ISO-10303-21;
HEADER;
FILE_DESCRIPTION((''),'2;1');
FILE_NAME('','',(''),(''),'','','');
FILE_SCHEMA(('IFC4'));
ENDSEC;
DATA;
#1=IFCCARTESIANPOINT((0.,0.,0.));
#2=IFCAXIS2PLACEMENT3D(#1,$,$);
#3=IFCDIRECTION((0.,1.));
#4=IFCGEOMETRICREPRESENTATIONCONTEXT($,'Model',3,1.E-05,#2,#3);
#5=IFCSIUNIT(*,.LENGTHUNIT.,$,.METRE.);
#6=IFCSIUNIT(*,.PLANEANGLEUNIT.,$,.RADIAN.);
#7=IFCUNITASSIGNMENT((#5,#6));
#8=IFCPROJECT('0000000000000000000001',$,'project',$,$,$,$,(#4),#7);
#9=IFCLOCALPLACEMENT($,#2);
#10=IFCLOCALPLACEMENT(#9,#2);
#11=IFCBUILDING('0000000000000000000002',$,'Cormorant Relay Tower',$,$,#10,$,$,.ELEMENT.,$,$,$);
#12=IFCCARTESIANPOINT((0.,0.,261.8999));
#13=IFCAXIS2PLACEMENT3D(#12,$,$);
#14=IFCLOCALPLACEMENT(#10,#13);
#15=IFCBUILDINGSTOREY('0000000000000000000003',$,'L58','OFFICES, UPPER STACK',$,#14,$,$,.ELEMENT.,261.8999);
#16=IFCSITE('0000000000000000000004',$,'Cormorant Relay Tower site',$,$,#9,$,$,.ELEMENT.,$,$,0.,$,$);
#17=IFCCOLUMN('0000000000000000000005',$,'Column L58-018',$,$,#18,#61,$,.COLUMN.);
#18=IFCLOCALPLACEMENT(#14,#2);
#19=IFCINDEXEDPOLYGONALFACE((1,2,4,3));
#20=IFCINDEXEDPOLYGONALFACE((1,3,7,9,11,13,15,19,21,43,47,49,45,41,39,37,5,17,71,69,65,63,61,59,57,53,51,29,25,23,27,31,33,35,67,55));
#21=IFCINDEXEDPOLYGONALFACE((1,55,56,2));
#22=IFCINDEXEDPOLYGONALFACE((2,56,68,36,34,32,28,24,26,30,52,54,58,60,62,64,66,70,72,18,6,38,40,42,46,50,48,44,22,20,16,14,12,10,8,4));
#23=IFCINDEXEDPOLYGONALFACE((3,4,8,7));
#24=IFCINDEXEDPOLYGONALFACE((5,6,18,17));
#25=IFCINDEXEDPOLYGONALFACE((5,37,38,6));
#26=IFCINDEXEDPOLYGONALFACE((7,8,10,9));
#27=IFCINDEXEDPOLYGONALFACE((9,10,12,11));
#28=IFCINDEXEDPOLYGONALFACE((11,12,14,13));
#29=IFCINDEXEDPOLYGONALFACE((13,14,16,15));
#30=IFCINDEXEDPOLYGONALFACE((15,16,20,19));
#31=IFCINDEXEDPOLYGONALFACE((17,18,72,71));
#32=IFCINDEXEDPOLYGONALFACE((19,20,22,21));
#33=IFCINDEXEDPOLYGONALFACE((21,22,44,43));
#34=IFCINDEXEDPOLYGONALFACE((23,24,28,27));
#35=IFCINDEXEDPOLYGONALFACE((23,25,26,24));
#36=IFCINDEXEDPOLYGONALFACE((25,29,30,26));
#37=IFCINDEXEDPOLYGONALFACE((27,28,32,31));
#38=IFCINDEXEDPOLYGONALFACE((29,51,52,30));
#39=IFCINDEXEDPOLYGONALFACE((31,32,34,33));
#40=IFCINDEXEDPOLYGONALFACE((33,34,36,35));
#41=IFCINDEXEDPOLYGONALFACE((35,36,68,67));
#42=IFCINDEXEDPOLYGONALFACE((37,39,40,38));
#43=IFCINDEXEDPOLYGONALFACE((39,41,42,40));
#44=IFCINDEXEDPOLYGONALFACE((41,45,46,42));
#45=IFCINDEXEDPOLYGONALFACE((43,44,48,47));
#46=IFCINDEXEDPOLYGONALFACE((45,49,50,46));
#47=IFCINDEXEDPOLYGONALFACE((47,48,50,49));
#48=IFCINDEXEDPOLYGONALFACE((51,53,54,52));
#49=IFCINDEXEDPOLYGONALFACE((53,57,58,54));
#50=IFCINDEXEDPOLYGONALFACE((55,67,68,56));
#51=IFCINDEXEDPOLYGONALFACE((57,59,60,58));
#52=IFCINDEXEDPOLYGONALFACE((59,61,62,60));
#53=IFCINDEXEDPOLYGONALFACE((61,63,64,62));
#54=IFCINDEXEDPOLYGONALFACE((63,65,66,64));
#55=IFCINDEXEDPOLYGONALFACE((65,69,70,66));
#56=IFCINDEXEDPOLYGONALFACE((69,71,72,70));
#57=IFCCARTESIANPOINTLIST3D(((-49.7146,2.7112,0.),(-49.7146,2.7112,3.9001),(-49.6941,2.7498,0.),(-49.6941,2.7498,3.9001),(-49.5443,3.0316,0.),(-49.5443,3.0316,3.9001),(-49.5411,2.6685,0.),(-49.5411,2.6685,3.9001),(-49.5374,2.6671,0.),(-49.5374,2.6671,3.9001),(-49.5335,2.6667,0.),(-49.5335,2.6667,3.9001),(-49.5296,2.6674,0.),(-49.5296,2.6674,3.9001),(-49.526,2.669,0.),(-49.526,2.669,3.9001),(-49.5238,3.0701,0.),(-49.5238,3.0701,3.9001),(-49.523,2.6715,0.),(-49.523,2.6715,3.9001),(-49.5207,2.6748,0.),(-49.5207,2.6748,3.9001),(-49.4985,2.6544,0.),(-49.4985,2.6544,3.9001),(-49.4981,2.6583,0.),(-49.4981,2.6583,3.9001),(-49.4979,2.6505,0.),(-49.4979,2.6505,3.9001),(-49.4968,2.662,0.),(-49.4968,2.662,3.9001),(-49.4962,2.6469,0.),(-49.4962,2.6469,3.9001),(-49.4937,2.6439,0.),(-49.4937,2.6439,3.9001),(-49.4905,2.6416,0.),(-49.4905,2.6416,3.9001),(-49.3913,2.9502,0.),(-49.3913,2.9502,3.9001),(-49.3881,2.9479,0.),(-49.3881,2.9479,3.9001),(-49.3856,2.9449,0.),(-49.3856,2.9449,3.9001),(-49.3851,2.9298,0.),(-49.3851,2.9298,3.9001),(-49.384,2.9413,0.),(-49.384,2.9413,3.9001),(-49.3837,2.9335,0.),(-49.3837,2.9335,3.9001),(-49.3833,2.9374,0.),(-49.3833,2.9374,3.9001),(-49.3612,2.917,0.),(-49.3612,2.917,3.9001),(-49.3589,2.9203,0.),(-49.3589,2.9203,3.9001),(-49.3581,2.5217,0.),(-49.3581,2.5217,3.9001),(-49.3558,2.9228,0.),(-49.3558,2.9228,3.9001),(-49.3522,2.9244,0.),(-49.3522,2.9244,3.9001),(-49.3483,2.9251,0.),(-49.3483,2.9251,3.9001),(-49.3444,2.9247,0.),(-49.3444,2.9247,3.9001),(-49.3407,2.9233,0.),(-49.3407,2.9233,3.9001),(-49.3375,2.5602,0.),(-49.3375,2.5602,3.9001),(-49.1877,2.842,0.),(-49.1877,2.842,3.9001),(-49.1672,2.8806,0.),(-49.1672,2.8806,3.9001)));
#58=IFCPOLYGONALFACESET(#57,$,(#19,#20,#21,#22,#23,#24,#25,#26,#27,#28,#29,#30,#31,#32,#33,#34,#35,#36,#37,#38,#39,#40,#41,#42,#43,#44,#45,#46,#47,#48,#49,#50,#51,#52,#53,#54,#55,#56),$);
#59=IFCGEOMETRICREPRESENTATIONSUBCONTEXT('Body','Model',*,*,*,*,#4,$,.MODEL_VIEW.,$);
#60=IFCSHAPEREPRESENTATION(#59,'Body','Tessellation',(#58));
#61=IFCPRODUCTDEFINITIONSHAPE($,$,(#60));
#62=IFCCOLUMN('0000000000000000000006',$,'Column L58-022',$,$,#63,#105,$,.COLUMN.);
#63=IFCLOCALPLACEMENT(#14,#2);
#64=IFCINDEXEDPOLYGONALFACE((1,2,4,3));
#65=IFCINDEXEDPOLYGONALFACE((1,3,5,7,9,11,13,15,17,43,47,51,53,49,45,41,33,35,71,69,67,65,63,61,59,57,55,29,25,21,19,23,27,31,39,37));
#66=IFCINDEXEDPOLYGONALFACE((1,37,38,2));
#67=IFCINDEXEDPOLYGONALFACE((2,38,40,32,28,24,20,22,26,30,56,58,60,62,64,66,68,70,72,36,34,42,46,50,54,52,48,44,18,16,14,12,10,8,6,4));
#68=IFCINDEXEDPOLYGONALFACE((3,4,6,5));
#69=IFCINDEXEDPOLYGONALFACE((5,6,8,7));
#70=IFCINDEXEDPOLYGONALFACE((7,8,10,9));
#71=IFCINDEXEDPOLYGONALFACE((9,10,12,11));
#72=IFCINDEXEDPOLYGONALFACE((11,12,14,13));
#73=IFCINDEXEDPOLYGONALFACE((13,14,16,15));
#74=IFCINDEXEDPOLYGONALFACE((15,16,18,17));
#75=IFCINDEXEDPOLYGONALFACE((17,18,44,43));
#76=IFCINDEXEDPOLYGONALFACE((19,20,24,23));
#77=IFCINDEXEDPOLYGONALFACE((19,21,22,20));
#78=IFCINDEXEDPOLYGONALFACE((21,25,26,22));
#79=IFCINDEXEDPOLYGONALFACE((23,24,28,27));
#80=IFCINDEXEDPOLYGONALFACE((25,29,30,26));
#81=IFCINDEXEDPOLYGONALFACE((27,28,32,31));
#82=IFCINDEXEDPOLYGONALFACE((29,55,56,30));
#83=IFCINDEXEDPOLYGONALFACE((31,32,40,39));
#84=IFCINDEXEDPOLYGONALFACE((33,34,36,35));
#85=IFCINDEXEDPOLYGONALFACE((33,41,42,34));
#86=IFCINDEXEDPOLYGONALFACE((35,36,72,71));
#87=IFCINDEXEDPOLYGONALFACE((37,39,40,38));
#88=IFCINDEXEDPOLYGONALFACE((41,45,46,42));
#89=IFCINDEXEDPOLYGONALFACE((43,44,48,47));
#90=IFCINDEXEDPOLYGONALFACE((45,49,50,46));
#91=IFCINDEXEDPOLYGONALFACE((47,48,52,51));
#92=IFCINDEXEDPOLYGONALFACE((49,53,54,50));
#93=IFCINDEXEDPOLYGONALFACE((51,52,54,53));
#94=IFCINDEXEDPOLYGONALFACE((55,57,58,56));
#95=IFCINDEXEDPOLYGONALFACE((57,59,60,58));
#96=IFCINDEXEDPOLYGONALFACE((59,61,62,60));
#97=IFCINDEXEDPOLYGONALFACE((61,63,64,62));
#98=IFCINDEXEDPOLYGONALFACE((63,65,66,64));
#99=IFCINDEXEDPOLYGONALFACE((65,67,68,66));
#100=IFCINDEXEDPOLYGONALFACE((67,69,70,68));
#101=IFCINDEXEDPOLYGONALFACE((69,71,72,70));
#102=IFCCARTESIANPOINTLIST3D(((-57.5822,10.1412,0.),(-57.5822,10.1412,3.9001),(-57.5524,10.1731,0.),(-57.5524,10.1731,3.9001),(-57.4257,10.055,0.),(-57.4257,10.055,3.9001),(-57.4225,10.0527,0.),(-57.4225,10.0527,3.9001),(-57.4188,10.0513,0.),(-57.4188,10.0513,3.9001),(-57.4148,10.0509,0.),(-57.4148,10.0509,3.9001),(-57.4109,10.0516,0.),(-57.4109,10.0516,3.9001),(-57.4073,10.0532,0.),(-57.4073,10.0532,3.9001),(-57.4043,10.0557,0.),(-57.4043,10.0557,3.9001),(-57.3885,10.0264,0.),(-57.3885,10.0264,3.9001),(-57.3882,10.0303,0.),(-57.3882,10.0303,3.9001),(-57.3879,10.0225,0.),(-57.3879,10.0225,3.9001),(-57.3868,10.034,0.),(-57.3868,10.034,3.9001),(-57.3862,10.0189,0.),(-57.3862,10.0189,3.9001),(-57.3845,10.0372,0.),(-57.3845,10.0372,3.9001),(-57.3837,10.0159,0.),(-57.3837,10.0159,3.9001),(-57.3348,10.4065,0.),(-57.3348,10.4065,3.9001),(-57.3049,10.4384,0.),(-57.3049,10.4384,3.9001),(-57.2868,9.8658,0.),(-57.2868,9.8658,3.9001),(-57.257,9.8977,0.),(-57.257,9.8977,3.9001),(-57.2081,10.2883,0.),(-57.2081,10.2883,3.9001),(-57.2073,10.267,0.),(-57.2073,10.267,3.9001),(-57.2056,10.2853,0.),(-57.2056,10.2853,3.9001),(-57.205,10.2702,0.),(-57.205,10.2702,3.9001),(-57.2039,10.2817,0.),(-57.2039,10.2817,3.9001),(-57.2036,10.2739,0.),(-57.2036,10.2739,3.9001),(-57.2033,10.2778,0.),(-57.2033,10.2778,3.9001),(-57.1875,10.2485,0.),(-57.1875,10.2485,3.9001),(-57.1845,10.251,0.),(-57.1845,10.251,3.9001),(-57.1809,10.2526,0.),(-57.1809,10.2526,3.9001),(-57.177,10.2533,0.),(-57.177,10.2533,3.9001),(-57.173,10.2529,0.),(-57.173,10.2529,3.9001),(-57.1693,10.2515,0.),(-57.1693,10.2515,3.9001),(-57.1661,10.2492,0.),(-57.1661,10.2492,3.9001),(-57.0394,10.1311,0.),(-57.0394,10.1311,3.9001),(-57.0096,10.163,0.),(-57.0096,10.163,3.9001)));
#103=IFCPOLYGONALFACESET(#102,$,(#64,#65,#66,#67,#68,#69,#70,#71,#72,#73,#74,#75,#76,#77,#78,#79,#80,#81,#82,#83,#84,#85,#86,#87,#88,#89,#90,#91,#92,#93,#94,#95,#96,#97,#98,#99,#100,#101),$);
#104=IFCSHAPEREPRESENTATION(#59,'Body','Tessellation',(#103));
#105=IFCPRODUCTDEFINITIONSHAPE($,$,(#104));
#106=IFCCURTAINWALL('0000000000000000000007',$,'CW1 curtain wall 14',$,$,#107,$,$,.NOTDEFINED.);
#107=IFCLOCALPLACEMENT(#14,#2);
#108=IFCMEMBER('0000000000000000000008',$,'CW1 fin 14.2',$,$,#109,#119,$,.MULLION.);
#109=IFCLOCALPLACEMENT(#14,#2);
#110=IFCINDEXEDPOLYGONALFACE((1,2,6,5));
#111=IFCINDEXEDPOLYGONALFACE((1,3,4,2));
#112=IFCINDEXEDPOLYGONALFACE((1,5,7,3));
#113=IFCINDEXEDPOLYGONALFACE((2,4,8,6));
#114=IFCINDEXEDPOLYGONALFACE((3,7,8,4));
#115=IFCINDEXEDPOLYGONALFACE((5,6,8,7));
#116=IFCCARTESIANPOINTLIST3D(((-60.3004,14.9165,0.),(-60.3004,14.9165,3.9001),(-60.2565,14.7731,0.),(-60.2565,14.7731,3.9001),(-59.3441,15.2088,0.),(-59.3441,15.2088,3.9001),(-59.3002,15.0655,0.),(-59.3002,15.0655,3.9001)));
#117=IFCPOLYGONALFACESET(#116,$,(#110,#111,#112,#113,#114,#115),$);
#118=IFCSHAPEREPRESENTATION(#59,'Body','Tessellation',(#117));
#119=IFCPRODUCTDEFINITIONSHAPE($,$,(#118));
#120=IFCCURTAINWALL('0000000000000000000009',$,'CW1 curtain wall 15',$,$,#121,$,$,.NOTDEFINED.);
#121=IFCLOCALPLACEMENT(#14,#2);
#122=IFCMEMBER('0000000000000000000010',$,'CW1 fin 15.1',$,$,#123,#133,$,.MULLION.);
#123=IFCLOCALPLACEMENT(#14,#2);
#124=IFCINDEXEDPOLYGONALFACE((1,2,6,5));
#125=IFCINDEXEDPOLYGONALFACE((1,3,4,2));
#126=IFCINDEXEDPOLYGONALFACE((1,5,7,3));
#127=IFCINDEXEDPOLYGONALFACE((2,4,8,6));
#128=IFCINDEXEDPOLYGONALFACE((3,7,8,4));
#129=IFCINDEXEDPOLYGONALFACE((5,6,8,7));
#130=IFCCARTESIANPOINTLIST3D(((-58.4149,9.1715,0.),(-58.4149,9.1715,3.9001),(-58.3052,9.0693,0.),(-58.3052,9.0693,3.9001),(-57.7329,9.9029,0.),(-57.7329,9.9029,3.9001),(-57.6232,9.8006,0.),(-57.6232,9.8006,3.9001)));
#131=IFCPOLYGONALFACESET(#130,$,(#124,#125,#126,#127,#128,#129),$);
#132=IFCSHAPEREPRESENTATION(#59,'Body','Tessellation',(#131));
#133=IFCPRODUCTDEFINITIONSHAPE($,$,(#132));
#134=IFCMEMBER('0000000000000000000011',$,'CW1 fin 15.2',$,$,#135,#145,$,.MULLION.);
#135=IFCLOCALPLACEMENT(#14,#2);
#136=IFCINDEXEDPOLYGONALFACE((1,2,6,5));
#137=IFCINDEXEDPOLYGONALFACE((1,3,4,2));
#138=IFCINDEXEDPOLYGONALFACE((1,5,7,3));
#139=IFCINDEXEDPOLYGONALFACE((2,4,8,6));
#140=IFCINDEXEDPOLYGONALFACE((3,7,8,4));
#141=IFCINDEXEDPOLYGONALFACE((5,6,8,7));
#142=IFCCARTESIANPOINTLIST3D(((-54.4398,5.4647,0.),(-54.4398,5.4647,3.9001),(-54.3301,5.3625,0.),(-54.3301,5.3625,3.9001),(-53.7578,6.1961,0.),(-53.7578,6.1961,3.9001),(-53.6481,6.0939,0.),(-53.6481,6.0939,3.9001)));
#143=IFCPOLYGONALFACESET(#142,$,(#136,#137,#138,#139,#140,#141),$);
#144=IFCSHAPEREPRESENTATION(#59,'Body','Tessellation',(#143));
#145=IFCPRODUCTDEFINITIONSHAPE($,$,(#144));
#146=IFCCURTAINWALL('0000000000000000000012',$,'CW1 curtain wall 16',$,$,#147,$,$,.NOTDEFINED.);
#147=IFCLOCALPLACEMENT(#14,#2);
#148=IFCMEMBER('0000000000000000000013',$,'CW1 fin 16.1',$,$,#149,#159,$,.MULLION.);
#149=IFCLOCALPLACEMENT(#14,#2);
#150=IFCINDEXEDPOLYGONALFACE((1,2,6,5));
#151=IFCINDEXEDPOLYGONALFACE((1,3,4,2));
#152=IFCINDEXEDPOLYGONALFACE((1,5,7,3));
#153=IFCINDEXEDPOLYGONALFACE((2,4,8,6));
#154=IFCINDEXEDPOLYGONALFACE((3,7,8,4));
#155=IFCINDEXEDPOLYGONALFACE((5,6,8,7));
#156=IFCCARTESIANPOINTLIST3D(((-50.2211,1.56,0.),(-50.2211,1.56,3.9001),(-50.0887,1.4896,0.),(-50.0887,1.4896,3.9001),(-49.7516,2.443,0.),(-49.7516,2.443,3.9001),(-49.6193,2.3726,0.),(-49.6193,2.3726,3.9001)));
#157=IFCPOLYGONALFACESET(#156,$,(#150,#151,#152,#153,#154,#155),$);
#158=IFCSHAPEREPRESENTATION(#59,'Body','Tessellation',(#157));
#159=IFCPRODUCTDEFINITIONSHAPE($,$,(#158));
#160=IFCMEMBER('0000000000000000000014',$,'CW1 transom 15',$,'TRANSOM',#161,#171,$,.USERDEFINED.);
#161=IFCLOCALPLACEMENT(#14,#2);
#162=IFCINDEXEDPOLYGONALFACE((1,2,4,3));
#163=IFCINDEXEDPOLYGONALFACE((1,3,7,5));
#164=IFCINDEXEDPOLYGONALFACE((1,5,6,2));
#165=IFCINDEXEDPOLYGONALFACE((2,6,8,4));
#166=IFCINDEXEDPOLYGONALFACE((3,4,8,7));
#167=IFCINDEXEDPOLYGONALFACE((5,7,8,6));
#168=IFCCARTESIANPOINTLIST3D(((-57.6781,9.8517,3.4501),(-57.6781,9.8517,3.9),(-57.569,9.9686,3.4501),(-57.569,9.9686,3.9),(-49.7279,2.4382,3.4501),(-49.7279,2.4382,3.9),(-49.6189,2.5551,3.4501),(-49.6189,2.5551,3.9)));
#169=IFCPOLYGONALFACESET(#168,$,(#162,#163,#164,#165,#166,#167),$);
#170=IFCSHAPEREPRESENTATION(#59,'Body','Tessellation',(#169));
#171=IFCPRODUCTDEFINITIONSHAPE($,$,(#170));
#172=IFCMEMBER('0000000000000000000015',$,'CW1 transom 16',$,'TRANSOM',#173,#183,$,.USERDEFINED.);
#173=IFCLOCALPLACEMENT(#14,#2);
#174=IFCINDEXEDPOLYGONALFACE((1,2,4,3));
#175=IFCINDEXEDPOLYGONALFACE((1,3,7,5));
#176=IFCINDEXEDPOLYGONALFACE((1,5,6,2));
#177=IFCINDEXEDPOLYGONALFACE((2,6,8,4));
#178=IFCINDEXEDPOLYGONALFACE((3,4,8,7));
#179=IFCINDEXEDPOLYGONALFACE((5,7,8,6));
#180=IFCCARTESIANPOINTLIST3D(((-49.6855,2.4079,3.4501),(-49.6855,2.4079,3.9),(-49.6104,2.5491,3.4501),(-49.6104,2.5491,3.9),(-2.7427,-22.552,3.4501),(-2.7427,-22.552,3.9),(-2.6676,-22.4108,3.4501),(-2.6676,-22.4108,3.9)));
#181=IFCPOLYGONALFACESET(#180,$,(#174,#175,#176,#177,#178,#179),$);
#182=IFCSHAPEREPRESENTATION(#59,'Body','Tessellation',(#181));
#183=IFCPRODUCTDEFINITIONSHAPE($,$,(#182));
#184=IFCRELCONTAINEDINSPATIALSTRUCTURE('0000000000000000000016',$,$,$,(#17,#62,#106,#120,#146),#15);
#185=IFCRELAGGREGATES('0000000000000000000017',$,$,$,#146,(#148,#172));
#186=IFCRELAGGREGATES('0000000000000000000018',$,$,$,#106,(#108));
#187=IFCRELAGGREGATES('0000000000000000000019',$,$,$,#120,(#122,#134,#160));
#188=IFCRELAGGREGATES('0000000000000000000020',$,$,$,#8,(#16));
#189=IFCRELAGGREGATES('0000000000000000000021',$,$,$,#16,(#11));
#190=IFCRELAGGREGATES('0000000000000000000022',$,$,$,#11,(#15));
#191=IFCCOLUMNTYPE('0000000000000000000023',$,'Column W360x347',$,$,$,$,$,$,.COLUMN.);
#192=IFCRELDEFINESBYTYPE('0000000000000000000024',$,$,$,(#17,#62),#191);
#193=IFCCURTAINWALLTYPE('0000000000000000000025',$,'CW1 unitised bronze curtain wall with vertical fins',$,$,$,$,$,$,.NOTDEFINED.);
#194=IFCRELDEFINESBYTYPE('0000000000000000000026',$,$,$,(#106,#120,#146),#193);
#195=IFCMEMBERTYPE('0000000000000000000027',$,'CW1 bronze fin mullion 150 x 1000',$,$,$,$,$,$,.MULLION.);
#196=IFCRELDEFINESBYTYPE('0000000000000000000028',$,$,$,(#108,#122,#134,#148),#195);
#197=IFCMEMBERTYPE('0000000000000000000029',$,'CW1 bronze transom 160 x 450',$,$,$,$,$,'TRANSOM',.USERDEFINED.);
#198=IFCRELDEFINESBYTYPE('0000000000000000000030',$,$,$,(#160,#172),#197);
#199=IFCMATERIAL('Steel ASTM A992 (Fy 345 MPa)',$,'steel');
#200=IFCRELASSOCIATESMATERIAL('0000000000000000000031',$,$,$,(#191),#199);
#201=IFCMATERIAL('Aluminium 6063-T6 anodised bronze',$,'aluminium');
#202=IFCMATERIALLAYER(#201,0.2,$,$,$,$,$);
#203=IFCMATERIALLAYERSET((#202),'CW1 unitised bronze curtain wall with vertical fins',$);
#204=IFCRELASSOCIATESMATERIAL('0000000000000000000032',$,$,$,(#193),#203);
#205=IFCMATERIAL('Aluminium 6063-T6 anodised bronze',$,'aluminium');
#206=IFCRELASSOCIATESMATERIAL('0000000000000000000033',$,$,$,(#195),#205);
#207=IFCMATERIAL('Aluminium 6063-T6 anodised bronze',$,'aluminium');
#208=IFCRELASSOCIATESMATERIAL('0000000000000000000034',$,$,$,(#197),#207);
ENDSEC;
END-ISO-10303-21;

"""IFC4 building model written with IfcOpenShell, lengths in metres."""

from ifc_helpers import new_model, si_unit, direction, frame, origin, origin_2d, place, context, subcontext, project, spatial, rectangle, i_section, extrude, material, layer, layer_set, material_profile, profile_set, type_object, element, aggregate, save


model = new_model("IFC4")

# Units and contexts
model_context = context("Model", 3, precision=1e-05, world=origin(), true_north=direction((0.0, 1.0)))
body_context = subcontext(model_context, "Body", "Model", "MODEL_VIEW")
ifc_project = project(units=[si_unit("LENGTHUNIT", "METRE"), si_unit("PLANEANGLEUNIT", "RADIAN")], contexts=[model_context])

# Site, building, storey
site_placement = place(None, origin())
site = spatial("IfcSite", under=ifc_project, at=site_placement, Name="Cormorant Relay Tower site", CompositionType="ELEMENT", RefElevation=0.0)
building_placement = place(site_placement, origin())
building = spatial("IfcBuilding", under=site, at=building_placement, Name="Cormorant Relay Tower", CompositionType="ELEMENT")
storey_placement = place(building_placement, frame((0.0, 0.0, 261.8999)))
storey = spatial("IfcBuildingStorey", under=building, at=storey_placement, Name="L58", Description="OFFICES, UPPER STACK", CompositionType="ELEMENT", Elevation=261.8999)

# Columns
ifc_material_1 = material(Name="Steel ASTM A992 (Fy 345 MPa)", Category="steel")
ifc_material_profile_1 = material_profile(ifc_material_1, i_section(OverallWidth=0.4038, OverallDepth=0.4065, WebThickness=0.0271, FlangeThickness=0.0437, FilletRadius=0.0151, at=origin_2d()), Name="W360x347")
ifc_profile_set_1 = profile_set([ifc_material_profile_1], Name="Steel ASTM A992 (Fy 345 MPa)")
column_type = type_object("IfcColumnType", Name="Column W360x347", PredefinedType="COLUMN", material=ifc_profile_set_1)
for number, where, z_axis, x_axis, name in (
    (1, (-49.4409, 2.7959, 0.0), (0.0, 0.0, 1.0), (0.882948, -0.469472, 0.0), "Column L58-018"),
    (2, (-57.2959, 10.1521, 0.0), (0.0, 0.0, 1.0), (0.731354, -0.681998, 0.0), "Column L58-022"),
):
    element("IfcColumn", number, at=place(storey_placement, frame(where, z_axis=z_axis, x_axis=x_axis)), inside=storey, type_object=column_type, Name=name, PredefinedType="COLUMN", context=body_context, shape_type="SweptSolid", body=[
        extrude(i_section(OverallWidth=0.4038, OverallDepth=0.4065, WebThickness=0.0271, FlangeThickness=0.0437, FilletRadius=0.0151, at=origin_2d()), origin(), (0.0, 0.0, 1.0), 3.9001),
    ])

# Curtain wall, member
ifc_material_2 = material(Name="Aluminium 6063-T6 anodised bronze", Category="aluminium")
ifc_layer_1 = layer(ifc_material_2, 0.2)
ifc_layer_set_1 = layer_set([ifc_layer_1], Name="CW1 unitised bronze curtain wall with vertical fins")
curtain_wall_type = type_object("IfcCurtainWallType", Name="CW1 unitised bronze curtain wall with vertical fins", PredefinedType="NOTDEFINED", material=ifc_layer_set_1)
curtain_wall_1_placement = place(storey_placement, origin())
curtain_wall_1 = element("IfcCurtainWall", 3, at=curtain_wall_1_placement, inside=storey, type_object=curtain_wall_type, Name="CW1 curtain wall 14", PredefinedType="NOTDEFINED")
ifc_material_3 = material(Name="Aluminium 6063-T6 anodised bronze", Category="aluminium")
ifc_material_profile_2 = material_profile(ifc_material_3, rectangle(XDim=0.1499, YDim=1.0, at=origin_2d()), Name="AL 150x1000")
ifc_profile_set_2 = profile_set([ifc_material_profile_2], Name="Aluminium 6063-T6 anodised bronze")
member_type_1 = type_object("IfcMemberType", Name="CW1 bronze fin mullion 150 x 1000", PredefinedType="MULLION", material=ifc_profile_set_2)
member_1_placement = place(storey_placement, frame((-59.8003, 14.991, 0.0), z_axis=(0.0, 0.0, 1.0), x_axis=(0.292372, -0.956305, 0.0)))
member_1 = element("IfcMember", 4, at=member_1_placement, type_object=member_type_1, Name="CW1 fin 14.2", PredefinedType="MULLION", context=body_context, shape_type="SweptSolid", body=[
    extrude(rectangle(XDim=0.1499, YDim=1.0, at=origin_2d()), origin(), (0.0, 0.0, 1.0), 3.9001),
])

# Curtain wall, members
curtain_wall_2_placement = place(storey_placement, origin())
curtain_wall_2 = element("IfcCurtainWall", 5, at=curtain_wall_2_placement, inside=storey, type_object=curtain_wall_type, Name="CW1 curtain wall 15", PredefinedType="NOTDEFINED")
member_2_placement = place(storey_placement, frame((-58.019, 9.4861, 0.0), z_axis=(0.0, 0.0, 1.0), x_axis=(0.731354, -0.681998, 0.0)))
member_2 = element("IfcMember", 6, at=member_2_placement, type_object=member_type_1, Name="CW1 fin 15.1", PredefinedType="MULLION", context=body_context, shape_type="SweptSolid", body=[
    extrude(rectangle(XDim=0.1499, YDim=1.0, at=origin_2d()), origin(), (0.0, 0.0, 1.0), 3.9001),
])
member_3_placement = place(storey_placement, frame((-54.0439, 5.7793, 0.0), z_axis=(0.0, 0.0, 1.0), x_axis=(0.731354, -0.681998, 0.0)))
member_3 = element("IfcMember", 7, at=member_3_placement, type_object=member_type_1, Name="CW1 fin 15.2", PredefinedType="MULLION", context=body_context, shape_type="SweptSolid", body=[
    extrude(rectangle(XDim=0.1499, YDim=1.0, at=origin_2d()), origin(), (0.0, 0.0, 1.0), 3.9001),
])

# Curtain wall, member
curtain_wall_3_placement = place(storey_placement, origin())
curtain_wall_3 = element("IfcCurtainWall", 8, at=curtain_wall_3_placement, inside=storey, type_object=curtain_wall_type, Name="CW1 curtain wall 16", PredefinedType="NOTDEFINED")
member_4_placement = place(storey_placement, frame((-49.9202, 1.9663, 0.0), z_axis=(0.0, 0.0, 1.0), x_axis=(0.882948, -0.469472, 0.0)))
member_4 = element("IfcMember", 9, at=member_4_placement, type_object=member_type_1, Name="CW1 fin 16.1", PredefinedType="MULLION", context=body_context, shape_type="SweptSolid", body=[
    extrude(rectangle(XDim=0.1499, YDim=1.0, at=origin_2d()), origin(), (0.0, 0.0, 1.0), 3.9001),
])

# Members
ifc_material_4 = material(Name="Aluminium 6063-T6 anodised bronze", Category="aluminium")
ifc_material_profile_3 = material_profile(ifc_material_4, rectangle(XDim=0.1599, YDim=0.45, at=origin_2d()), Name="AL 160x450")
ifc_profile_set_3 = profile_set([ifc_material_profile_3], Name="Aluminium 6063-T6 anodised bronze")
member_type_2 = type_object("IfcMemberType", Name="CW1 bronze transom 160 x 450", ElementType="TRANSOM", PredefinedType="USERDEFINED", material=ifc_profile_set_3)
member_5_placement = place(storey_placement, frame((-57.6235, 9.9102, 3.675), z_axis=(0.731358, -0.681993, 0.0), x_axis=(0.681993, 0.731358, 0.0)))
member_5 = element("IfcMember", 10, at=member_5_placement, type_object=member_type_2, Name="CW1 transom 15", ObjectType="TRANSOM", PredefinedType="USERDEFINED", context=body_context, shape_type="SweptSolid", body=[
    extrude(rectangle(XDim=0.1599, YDim=0.45, at=origin_2d()), origin(), (0.0, 0.0, 1.0), 10.8704),
])
member_6_placement = place(storey_placement, frame((-49.6479, 2.4785, 3.675), z_axis=(0.882948, -0.469471, 0.0), x_axis=(0.469471, 0.882948, 0.0)))
member_6 = element("IfcMember", 11, at=member_6_placement, type_object=member_type_2, Name="CW1 transom 16", ObjectType="TRANSOM", PredefinedType="USERDEFINED", context=body_context, shape_type="SweptSolid", body=[
    extrude(rectangle(XDim=0.1599, YDim=0.45, at=origin_2d()), origin(), (0.0, 0.0, 1.0), 53.166),
])
aggregate(curtain_wall_3, [member_4, member_6])

aggregate(curtain_wall_1, [member_1])
aggregate(curtain_wall_2, [member_2, member_3, member_5])

save(model, "model.ifc")
